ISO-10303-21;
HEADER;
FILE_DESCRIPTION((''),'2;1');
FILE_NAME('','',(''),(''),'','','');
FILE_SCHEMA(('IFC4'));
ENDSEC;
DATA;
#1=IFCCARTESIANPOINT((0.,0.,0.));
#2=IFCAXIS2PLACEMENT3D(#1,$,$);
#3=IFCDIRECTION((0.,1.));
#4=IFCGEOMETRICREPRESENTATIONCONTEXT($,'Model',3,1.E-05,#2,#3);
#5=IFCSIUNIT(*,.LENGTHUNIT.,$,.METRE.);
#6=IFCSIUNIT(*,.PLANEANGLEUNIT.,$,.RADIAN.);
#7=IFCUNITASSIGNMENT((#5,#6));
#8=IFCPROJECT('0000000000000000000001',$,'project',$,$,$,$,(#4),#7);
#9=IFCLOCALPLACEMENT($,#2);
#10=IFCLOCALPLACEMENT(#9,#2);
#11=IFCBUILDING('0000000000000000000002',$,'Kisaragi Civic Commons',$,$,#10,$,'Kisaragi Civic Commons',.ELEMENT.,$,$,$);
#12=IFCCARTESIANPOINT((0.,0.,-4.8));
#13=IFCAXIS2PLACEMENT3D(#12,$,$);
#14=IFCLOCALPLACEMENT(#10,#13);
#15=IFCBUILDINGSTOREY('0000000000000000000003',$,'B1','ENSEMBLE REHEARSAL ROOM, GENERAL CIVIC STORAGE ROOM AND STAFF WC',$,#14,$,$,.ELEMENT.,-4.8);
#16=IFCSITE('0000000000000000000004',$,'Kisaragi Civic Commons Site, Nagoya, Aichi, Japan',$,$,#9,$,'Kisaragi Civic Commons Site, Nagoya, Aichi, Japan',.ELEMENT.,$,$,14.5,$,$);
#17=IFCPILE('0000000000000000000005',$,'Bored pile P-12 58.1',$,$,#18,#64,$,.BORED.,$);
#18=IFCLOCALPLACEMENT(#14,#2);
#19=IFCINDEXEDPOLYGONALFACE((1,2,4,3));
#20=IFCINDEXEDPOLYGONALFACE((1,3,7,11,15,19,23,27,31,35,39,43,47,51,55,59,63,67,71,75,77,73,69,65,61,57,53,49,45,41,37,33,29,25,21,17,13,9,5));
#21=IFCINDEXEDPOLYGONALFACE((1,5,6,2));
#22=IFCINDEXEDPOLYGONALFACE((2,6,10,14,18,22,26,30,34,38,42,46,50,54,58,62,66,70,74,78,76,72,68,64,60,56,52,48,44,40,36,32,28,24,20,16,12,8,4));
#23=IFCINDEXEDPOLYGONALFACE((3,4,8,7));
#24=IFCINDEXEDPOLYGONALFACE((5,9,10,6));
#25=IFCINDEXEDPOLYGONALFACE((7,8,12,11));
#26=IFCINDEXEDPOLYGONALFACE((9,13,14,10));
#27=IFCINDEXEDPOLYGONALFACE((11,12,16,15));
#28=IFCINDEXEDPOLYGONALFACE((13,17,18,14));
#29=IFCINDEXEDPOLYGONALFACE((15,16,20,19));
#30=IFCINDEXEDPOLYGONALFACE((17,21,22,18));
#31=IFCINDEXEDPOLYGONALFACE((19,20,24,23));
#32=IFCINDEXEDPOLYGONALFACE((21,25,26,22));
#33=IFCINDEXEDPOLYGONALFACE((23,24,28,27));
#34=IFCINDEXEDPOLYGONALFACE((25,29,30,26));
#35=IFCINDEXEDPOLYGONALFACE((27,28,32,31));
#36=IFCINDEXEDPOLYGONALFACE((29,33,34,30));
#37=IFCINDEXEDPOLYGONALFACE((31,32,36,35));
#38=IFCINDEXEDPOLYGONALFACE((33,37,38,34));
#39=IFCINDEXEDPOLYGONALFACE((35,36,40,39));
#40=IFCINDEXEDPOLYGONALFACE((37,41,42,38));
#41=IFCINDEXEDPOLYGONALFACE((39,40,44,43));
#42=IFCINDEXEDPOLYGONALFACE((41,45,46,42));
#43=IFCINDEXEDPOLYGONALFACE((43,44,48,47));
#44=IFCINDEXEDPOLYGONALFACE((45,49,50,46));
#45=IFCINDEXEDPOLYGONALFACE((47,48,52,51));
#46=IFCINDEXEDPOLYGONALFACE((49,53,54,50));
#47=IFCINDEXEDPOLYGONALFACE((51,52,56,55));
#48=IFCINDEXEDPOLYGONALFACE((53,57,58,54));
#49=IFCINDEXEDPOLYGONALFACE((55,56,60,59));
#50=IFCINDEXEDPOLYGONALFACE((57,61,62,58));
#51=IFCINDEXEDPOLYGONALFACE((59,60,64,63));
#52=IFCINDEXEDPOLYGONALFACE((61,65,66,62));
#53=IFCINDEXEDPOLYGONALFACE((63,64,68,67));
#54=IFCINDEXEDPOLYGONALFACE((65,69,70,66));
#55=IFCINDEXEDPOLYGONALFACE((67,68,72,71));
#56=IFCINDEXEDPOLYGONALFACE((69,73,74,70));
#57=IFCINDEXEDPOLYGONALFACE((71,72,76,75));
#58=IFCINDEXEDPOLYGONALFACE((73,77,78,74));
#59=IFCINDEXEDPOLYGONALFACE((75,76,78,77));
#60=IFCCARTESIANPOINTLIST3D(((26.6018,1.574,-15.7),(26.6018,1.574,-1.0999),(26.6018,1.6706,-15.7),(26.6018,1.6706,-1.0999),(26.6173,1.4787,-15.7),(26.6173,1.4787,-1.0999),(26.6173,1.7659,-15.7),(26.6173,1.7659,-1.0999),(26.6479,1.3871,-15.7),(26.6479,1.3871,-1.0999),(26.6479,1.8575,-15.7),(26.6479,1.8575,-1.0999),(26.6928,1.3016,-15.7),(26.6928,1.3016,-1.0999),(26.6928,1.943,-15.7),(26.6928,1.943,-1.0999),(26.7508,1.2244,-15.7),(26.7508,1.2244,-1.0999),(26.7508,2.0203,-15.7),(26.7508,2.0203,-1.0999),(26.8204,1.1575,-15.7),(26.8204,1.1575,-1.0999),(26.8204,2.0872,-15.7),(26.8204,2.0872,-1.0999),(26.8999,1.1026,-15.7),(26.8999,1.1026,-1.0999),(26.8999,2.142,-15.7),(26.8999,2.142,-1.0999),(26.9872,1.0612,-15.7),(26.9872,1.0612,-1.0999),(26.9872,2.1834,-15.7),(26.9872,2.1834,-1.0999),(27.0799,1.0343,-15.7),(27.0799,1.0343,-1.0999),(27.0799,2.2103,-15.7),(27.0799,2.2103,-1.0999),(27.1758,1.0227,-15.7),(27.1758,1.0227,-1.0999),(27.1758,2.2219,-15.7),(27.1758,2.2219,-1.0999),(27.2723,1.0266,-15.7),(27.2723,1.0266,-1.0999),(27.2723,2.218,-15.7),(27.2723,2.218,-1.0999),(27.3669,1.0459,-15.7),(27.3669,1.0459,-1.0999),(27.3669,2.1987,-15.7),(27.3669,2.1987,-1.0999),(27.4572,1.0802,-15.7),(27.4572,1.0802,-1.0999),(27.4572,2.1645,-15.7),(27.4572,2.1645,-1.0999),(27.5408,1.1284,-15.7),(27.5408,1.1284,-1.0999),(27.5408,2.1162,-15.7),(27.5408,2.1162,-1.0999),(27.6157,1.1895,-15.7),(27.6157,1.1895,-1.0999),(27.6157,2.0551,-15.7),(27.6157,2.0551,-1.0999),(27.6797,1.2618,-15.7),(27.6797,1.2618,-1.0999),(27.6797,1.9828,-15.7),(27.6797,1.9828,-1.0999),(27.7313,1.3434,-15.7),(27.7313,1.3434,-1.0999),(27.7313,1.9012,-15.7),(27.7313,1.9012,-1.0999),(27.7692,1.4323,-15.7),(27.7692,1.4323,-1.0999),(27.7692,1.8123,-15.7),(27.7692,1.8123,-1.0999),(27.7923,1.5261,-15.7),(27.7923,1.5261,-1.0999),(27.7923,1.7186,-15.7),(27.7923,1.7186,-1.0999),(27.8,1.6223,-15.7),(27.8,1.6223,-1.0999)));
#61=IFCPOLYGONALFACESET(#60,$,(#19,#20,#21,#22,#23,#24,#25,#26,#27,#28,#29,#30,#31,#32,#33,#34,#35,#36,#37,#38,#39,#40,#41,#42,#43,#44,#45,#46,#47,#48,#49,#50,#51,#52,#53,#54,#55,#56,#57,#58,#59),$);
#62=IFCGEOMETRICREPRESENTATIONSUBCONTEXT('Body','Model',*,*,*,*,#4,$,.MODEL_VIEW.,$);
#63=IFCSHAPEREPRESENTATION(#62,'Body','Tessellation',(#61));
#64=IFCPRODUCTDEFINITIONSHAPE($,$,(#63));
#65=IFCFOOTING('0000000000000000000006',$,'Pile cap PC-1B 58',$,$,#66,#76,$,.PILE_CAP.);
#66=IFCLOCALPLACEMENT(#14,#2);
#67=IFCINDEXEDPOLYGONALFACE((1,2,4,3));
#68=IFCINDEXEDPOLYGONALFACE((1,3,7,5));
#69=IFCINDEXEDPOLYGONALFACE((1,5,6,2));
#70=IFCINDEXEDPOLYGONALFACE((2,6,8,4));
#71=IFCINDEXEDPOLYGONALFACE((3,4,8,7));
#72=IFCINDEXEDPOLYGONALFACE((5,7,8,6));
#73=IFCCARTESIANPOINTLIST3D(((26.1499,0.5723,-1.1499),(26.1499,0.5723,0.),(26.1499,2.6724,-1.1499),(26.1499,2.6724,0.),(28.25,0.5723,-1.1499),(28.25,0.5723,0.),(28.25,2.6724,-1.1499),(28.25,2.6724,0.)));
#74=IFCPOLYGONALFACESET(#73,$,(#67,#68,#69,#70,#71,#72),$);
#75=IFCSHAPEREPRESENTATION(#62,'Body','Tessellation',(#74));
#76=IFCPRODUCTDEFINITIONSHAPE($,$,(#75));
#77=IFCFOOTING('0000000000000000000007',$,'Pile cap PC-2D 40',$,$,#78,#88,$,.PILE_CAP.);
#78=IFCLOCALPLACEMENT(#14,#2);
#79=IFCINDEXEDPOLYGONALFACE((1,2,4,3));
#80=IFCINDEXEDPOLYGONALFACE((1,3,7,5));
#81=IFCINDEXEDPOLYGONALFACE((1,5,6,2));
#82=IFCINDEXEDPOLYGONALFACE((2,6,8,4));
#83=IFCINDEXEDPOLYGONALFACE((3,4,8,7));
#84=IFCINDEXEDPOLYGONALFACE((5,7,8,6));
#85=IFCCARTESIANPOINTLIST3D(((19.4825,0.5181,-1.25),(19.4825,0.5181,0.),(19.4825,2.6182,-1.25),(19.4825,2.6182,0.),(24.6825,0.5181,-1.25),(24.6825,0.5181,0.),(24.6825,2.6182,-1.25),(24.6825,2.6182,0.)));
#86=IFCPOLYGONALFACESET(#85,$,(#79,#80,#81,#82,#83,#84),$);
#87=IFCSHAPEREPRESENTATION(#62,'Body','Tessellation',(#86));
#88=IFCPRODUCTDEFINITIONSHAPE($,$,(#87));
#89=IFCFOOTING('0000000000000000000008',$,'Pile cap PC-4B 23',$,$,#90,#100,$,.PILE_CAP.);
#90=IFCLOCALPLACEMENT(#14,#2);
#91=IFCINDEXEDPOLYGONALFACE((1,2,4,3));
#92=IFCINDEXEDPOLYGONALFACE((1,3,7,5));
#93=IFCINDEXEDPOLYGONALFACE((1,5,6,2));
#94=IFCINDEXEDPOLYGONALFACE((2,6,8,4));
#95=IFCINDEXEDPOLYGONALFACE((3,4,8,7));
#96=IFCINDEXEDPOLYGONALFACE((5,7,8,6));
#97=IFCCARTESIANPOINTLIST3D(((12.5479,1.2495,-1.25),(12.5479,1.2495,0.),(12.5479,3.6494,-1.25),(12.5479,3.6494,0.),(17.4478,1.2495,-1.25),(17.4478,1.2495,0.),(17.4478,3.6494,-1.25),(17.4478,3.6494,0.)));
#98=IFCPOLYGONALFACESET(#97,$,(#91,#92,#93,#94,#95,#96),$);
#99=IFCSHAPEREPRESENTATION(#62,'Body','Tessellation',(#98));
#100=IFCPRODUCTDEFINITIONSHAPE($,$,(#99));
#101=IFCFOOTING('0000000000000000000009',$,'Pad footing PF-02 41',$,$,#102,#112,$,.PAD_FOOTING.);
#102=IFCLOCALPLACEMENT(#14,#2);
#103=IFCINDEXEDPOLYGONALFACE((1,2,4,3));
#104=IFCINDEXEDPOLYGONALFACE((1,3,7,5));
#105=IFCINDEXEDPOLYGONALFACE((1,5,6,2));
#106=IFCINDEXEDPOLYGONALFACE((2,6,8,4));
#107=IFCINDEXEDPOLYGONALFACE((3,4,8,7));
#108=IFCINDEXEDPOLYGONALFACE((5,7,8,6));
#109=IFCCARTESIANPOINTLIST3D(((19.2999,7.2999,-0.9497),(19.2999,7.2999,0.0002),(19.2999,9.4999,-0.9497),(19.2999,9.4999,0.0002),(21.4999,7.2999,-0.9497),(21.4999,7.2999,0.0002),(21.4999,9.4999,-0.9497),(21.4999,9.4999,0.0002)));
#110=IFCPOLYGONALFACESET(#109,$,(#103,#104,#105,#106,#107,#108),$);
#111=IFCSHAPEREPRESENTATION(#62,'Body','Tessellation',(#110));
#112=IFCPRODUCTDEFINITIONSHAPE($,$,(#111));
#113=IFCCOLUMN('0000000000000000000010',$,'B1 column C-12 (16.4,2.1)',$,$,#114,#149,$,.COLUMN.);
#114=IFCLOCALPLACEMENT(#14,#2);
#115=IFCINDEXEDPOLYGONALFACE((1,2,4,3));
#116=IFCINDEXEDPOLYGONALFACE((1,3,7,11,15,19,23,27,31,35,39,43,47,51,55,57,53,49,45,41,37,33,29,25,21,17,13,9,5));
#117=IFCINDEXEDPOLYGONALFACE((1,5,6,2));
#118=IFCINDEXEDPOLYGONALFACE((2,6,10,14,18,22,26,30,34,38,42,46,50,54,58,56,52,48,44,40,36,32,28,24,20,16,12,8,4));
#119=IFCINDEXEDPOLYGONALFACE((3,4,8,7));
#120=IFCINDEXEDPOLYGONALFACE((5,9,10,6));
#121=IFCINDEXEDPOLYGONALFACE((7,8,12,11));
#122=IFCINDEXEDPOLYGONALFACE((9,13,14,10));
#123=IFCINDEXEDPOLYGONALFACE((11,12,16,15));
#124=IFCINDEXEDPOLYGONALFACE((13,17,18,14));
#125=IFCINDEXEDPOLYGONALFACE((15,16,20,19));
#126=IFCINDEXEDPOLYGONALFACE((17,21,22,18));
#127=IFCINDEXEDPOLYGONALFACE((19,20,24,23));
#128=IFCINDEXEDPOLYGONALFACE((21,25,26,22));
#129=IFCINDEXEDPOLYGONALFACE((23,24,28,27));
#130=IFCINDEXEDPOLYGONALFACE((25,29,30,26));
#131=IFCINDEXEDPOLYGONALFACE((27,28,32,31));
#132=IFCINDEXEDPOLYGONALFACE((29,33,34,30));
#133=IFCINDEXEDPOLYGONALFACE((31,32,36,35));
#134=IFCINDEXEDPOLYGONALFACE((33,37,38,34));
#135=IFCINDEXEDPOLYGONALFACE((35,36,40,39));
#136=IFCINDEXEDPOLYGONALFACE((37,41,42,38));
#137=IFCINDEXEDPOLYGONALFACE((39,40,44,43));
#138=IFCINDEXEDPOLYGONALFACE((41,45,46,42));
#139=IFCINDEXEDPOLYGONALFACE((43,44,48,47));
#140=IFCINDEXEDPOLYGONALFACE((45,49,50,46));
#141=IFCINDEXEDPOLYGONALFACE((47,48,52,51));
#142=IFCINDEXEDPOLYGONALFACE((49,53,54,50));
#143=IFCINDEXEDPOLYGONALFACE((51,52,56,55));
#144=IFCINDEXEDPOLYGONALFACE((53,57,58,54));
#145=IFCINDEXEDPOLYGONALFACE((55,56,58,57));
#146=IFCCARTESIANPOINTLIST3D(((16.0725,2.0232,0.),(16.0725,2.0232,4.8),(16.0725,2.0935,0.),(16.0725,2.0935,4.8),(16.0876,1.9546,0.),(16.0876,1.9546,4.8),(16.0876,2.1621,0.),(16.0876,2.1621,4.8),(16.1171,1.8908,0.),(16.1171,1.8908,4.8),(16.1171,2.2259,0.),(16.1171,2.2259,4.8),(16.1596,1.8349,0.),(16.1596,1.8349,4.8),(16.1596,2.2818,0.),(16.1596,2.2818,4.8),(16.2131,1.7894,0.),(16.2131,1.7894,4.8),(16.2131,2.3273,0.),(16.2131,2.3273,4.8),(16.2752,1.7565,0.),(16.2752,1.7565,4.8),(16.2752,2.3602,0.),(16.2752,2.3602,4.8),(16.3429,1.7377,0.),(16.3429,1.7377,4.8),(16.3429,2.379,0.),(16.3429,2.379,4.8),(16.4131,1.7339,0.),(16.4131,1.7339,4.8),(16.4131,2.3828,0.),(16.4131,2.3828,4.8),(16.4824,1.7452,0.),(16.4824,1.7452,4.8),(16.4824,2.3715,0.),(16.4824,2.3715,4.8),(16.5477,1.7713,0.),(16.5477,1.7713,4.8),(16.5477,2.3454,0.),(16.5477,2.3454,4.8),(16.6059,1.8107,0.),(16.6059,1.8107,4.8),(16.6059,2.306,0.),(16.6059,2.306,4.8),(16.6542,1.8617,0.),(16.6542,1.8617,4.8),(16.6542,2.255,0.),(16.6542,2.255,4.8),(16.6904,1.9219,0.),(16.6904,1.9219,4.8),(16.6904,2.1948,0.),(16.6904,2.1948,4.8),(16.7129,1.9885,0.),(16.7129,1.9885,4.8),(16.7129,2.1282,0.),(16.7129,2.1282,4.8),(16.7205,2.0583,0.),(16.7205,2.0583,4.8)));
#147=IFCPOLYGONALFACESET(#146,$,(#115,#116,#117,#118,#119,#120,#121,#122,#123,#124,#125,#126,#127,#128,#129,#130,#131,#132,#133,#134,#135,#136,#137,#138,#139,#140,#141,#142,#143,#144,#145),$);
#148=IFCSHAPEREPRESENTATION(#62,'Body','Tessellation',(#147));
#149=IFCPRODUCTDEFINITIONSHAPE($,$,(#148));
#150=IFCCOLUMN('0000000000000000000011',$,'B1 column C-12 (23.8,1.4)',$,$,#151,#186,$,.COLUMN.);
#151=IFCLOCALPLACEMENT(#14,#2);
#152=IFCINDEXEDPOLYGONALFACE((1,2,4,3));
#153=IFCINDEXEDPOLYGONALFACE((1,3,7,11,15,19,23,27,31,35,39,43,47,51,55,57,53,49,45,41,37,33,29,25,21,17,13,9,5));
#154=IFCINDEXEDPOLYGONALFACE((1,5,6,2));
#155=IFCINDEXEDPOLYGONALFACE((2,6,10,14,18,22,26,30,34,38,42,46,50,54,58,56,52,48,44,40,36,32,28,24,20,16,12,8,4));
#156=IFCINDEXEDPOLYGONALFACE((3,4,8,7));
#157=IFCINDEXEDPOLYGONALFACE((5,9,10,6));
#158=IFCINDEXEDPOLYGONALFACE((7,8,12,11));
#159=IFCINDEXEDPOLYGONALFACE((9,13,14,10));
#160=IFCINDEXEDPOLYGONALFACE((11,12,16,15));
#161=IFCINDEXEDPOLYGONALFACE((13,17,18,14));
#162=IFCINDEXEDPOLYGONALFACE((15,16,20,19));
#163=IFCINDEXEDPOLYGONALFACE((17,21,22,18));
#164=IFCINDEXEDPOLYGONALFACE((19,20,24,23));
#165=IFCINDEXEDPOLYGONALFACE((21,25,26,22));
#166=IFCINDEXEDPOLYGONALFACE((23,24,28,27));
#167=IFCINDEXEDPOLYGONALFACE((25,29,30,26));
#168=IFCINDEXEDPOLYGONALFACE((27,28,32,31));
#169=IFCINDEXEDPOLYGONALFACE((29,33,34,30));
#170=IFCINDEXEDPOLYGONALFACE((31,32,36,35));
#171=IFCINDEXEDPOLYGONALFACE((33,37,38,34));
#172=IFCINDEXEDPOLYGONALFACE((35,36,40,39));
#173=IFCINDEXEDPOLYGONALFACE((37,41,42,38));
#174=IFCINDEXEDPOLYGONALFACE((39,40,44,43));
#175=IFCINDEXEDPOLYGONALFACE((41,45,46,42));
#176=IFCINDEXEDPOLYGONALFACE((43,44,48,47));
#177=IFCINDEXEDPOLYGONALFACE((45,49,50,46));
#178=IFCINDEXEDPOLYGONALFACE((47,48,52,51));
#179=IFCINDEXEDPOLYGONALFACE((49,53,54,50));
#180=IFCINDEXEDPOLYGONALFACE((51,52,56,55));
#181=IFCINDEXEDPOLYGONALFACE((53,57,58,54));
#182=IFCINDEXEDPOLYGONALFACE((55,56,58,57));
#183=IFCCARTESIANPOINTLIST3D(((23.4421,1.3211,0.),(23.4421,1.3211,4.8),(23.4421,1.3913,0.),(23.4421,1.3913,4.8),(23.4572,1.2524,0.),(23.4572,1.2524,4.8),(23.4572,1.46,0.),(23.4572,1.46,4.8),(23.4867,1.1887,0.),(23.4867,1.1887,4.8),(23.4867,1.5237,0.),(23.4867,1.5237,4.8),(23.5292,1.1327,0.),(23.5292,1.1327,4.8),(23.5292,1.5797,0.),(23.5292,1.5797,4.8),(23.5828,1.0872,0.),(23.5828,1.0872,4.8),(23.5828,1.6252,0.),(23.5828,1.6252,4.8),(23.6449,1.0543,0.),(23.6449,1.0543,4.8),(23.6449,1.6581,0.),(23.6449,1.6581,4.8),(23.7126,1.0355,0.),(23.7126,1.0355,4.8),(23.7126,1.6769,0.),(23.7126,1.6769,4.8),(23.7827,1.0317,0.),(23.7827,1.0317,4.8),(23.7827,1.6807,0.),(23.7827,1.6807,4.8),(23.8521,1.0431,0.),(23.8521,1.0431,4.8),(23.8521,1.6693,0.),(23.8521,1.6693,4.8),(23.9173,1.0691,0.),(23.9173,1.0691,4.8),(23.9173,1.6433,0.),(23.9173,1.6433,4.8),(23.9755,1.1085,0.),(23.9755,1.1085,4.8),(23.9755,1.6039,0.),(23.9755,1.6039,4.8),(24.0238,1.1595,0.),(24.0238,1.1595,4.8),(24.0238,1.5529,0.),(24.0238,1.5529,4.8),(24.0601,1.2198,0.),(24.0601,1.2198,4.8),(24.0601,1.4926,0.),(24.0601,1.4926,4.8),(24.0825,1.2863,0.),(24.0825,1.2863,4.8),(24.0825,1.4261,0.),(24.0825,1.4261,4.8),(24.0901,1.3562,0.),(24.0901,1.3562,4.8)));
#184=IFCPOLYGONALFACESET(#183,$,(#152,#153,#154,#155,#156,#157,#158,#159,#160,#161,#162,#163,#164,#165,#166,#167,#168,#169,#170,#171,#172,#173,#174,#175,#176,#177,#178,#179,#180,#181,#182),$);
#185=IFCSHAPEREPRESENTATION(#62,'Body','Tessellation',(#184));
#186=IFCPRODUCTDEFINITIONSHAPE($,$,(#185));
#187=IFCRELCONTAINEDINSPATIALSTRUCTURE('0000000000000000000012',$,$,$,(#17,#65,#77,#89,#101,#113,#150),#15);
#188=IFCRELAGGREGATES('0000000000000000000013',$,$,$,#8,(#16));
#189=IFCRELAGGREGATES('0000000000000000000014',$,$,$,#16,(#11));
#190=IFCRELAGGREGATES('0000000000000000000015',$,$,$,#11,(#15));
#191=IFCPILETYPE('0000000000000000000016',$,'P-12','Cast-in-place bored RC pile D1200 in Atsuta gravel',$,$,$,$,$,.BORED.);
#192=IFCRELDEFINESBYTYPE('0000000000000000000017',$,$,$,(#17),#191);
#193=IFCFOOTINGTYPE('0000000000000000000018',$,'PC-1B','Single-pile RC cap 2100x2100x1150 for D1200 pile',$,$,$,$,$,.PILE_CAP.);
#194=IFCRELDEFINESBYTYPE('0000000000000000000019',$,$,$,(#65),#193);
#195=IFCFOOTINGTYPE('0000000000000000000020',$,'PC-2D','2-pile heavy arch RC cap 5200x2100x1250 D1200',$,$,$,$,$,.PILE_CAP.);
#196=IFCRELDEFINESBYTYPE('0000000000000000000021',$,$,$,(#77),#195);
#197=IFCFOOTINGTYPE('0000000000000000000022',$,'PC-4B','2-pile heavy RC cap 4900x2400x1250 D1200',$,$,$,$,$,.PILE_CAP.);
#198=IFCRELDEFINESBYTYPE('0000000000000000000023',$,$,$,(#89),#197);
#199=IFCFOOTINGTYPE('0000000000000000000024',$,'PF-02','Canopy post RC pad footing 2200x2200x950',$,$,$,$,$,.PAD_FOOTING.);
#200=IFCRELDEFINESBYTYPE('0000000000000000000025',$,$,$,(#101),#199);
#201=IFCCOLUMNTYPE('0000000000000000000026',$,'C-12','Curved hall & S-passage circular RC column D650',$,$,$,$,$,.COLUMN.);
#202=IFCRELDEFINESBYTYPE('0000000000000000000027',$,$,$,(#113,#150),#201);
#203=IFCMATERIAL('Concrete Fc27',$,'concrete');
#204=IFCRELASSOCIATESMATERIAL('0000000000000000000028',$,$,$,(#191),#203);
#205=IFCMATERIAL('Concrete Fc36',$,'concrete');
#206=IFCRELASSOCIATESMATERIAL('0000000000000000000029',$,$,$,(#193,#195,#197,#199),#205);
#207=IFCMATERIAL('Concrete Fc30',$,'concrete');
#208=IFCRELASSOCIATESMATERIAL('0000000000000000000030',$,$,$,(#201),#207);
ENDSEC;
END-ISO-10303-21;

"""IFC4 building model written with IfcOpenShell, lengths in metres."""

from ifc_helpers import new_model, si_unit, direction, frame, origin, origin_2d, place, context, subcontext, project, spatial, rectangle, circle, extrude, material, material_profile, profile_set, type_object, element, save


model = new_model("IFC4")

# Units and contexts
model_context = context("Model", 3, precision=1e-05, world=origin(), true_north=direction((0.0, 1.0)))
body_context = subcontext(model_context, "Body", "Model", "MODEL_VIEW")
ifc_project = project(units=[si_unit("LENGTHUNIT", "METRE"), si_unit("PLANEANGLEUNIT", "RADIAN")], contexts=[model_context])

# Site, building, storey
site_placement = place(None, origin())
site = spatial("IfcSite", under=ifc_project, at=site_placement, Name="Kisaragi Civic Commons Site, Nagoya, Aichi, Japan", LongName="Kisaragi Civic Commons Site, Nagoya, Aichi, Japan", CompositionType="ELEMENT", RefElevation=14.5)
building_placement = place(site_placement, origin())
building = spatial("IfcBuilding", under=site, at=building_placement, Name="Kisaragi Civic Commons", LongName="Kisaragi Civic Commons", CompositionType="ELEMENT")
storey_placement = place(building_placement, frame((0.0, 0.0, -4.8)))
storey = spatial("IfcBuildingStorey", under=building, at=storey_placement, Name="B1", Description="ENSEMBLE REHEARSAL ROOM, GENERAL CIVIC STORAGE ROOM AND STAFF WC", CompositionType="ELEMENT", Elevation=-4.8)

# Shared definitions
ifc_material_1 = material(Name="Concrete Fc27", Category="concrete")

# Pile
ifc_material_profile_1 = material_profile(ifc_material_1, circle(Radius=0.6001, at=origin_2d()), Name="PILE-D1200", Category="concrete")
ifc_profile_set_1 = profile_set([ifc_material_profile_1], Name="Concrete Fc27")
pile_type = type_object("IfcPileType", Name="P-12", Description="Cast-in-place bored RC pile D1200 in Atsuta gravel", PredefinedType="BORED", material=ifc_profile_set_1)
for number, where, z_axis, x_axis, name in (
    (1, (27.2, 1.6223, -1.0999), (0.0, 0.0, -1.0), (1.0, 0.0, 0.0), "Bored pile P-12 58.1"),
):
    element("IfcPile", number, at=place(storey_placement, frame(where, z_axis=z_axis, x_axis=x_axis)), inside=storey, type_object=pile_type, Name=name, PredefinedType="BORED", context=body_context, shape_type="SweptSolid", body=[
        extrude(circle(Radius=0.6001, at=origin_2d()), origin(), (0.0, 0.0, 1.0), 14.6001),
    ])

# Footings
ifc_material_2 = material(Name="Concrete Fc36", Category="concrete")
footing_type_1 = type_object("IfcFootingType", Name="PC-1B", Description="Single-pile RC cap 2100x2100x1150 for D1200 pile", PredefinedType="PILE_CAP", material=ifc_material_2)
footing_1_placement = place(storey_placement, frame((27.2, 1.6223, -1.1499), z_axis=(0.0, 0.0, 1.0), x_axis=(1.0, 0.0, 0.0)))
element("IfcFooting", 2, at=footing_1_placement, inside=storey, type_object=footing_type_1, Name="Pile cap PC-1B 58", PredefinedType="PILE_CAP", context=body_context, shape_type="SweptSolid", body=[
    extrude(rectangle(XDim=2.1001, YDim=2.1001, at=origin_2d()), origin(), (0.0, 0.0, 1.0), 1.1499),
])
footing_type_2 = type_object("IfcFootingType", Name="PC-2D", Description="2-pile heavy arch RC cap 5200x2100x1250 D1200", PredefinedType="PILE_CAP", material=ifc_material_2)
footing_2_placement = place(storey_placement, frame((22.0825, 1.5681, -1.25), z_axis=(0.0, 0.0, 1.0), x_axis=(1.0, 0.0, 0.0)))
element("IfcFooting", 3, at=footing_2_placement, inside=storey, type_object=footing_type_2, Name="Pile cap PC-2D 40", PredefinedType="PILE_CAP", context=body_context, shape_type="SweptSolid", body=[
    extrude(rectangle(XDim=5.2, YDim=2.1001, at=origin_2d()), origin(), (0.0, 0.0, 1.0), 1.25),
])
footing_type_3 = type_object("IfcFootingType", Name="PC-4B", Description="2-pile heavy RC cap 4900x2400x1250 D1200", PredefinedType="PILE_CAP", material=ifc_material_2)
footing_3_placement = place(storey_placement, frame((14.9978, 2.4495, -1.25), z_axis=(0.0, 0.0, 1.0), x_axis=(1.0, 0.0, 0.0)))
element("IfcFooting", 4, at=footing_3_placement, inside=storey, type_object=footing_type_3, Name="Pile cap PC-4B 23", PredefinedType="PILE_CAP", context=body_context, shape_type="SweptSolid", body=[
    extrude(rectangle(XDim=4.8999, YDim=2.3999, at=origin_2d()), origin(), (0.0, 0.0, 1.0), 1.25),
])
footing_type_4 = type_object("IfcFootingType", Name="PF-02", Description="Canopy post RC pad footing 2200x2200x950", PredefinedType="PAD_FOOTING", material=ifc_material_2)
footing_4_placement = place(storey_placement, frame((20.3999, 8.3999, -0.9497), z_axis=(0.0, 0.0, 1.0), x_axis=(1.0, 0.0, 0.0)))
element("IfcFooting", 5, at=footing_4_placement, inside=storey, type_object=footing_type_4, Name="Pad footing PF-02 41", PredefinedType="PAD_FOOTING", context=body_context, shape_type="SweptSolid", body=[
    extrude(rectangle(XDim=2.2, YDim=2.2, at=origin_2d()), origin(), (0.0, 0.0, 1.0), 0.95),
])

# Columns
ifc_material_3 = material(Name="Concrete Fc30", Category="concrete")
ifc_material_profile_2 = material_profile(ifc_material_3, circle(Radius=0.325, at=origin_2d()), Name="RC-D650", Category="concrete")
ifc_profile_set_2 = profile_set([ifc_material_profile_2], Name="Concrete Fc30")
column_type_1 = type_object("IfcColumnType", Name="C-12", Description="Curved hall & S-passage circular RC column D650", PredefinedType="COLUMN", material=ifc_profile_set_2)
for number, where, z_axis, x_axis, name in (
    (6, (16.3955, 2.0583, 0.0), (0.0, 0.0, 1.0), (1.0, 0.0, 0.0), "B1 column C-12 (16.4,2.1)"),
    (7, (23.7651, 1.3562, 0.0), (0.0, 0.0, 1.0), (1.0, 0.0, 0.0), "B1 column C-12 (23.8,1.4)"),
):
    element("IfcColumn", number, at=place(storey_placement, frame(where, z_axis=z_axis, x_axis=x_axis)), inside=storey, type_object=column_type_1, Name=name, PredefinedType="COLUMN", context=body_context, shape_type="SweptSolid", body=[
        extrude(circle(Radius=0.325, at=origin_2d()), origin(), (0.0, 0.0, 1.0), 4.8),
    ])

save(model, "model.ifc")
